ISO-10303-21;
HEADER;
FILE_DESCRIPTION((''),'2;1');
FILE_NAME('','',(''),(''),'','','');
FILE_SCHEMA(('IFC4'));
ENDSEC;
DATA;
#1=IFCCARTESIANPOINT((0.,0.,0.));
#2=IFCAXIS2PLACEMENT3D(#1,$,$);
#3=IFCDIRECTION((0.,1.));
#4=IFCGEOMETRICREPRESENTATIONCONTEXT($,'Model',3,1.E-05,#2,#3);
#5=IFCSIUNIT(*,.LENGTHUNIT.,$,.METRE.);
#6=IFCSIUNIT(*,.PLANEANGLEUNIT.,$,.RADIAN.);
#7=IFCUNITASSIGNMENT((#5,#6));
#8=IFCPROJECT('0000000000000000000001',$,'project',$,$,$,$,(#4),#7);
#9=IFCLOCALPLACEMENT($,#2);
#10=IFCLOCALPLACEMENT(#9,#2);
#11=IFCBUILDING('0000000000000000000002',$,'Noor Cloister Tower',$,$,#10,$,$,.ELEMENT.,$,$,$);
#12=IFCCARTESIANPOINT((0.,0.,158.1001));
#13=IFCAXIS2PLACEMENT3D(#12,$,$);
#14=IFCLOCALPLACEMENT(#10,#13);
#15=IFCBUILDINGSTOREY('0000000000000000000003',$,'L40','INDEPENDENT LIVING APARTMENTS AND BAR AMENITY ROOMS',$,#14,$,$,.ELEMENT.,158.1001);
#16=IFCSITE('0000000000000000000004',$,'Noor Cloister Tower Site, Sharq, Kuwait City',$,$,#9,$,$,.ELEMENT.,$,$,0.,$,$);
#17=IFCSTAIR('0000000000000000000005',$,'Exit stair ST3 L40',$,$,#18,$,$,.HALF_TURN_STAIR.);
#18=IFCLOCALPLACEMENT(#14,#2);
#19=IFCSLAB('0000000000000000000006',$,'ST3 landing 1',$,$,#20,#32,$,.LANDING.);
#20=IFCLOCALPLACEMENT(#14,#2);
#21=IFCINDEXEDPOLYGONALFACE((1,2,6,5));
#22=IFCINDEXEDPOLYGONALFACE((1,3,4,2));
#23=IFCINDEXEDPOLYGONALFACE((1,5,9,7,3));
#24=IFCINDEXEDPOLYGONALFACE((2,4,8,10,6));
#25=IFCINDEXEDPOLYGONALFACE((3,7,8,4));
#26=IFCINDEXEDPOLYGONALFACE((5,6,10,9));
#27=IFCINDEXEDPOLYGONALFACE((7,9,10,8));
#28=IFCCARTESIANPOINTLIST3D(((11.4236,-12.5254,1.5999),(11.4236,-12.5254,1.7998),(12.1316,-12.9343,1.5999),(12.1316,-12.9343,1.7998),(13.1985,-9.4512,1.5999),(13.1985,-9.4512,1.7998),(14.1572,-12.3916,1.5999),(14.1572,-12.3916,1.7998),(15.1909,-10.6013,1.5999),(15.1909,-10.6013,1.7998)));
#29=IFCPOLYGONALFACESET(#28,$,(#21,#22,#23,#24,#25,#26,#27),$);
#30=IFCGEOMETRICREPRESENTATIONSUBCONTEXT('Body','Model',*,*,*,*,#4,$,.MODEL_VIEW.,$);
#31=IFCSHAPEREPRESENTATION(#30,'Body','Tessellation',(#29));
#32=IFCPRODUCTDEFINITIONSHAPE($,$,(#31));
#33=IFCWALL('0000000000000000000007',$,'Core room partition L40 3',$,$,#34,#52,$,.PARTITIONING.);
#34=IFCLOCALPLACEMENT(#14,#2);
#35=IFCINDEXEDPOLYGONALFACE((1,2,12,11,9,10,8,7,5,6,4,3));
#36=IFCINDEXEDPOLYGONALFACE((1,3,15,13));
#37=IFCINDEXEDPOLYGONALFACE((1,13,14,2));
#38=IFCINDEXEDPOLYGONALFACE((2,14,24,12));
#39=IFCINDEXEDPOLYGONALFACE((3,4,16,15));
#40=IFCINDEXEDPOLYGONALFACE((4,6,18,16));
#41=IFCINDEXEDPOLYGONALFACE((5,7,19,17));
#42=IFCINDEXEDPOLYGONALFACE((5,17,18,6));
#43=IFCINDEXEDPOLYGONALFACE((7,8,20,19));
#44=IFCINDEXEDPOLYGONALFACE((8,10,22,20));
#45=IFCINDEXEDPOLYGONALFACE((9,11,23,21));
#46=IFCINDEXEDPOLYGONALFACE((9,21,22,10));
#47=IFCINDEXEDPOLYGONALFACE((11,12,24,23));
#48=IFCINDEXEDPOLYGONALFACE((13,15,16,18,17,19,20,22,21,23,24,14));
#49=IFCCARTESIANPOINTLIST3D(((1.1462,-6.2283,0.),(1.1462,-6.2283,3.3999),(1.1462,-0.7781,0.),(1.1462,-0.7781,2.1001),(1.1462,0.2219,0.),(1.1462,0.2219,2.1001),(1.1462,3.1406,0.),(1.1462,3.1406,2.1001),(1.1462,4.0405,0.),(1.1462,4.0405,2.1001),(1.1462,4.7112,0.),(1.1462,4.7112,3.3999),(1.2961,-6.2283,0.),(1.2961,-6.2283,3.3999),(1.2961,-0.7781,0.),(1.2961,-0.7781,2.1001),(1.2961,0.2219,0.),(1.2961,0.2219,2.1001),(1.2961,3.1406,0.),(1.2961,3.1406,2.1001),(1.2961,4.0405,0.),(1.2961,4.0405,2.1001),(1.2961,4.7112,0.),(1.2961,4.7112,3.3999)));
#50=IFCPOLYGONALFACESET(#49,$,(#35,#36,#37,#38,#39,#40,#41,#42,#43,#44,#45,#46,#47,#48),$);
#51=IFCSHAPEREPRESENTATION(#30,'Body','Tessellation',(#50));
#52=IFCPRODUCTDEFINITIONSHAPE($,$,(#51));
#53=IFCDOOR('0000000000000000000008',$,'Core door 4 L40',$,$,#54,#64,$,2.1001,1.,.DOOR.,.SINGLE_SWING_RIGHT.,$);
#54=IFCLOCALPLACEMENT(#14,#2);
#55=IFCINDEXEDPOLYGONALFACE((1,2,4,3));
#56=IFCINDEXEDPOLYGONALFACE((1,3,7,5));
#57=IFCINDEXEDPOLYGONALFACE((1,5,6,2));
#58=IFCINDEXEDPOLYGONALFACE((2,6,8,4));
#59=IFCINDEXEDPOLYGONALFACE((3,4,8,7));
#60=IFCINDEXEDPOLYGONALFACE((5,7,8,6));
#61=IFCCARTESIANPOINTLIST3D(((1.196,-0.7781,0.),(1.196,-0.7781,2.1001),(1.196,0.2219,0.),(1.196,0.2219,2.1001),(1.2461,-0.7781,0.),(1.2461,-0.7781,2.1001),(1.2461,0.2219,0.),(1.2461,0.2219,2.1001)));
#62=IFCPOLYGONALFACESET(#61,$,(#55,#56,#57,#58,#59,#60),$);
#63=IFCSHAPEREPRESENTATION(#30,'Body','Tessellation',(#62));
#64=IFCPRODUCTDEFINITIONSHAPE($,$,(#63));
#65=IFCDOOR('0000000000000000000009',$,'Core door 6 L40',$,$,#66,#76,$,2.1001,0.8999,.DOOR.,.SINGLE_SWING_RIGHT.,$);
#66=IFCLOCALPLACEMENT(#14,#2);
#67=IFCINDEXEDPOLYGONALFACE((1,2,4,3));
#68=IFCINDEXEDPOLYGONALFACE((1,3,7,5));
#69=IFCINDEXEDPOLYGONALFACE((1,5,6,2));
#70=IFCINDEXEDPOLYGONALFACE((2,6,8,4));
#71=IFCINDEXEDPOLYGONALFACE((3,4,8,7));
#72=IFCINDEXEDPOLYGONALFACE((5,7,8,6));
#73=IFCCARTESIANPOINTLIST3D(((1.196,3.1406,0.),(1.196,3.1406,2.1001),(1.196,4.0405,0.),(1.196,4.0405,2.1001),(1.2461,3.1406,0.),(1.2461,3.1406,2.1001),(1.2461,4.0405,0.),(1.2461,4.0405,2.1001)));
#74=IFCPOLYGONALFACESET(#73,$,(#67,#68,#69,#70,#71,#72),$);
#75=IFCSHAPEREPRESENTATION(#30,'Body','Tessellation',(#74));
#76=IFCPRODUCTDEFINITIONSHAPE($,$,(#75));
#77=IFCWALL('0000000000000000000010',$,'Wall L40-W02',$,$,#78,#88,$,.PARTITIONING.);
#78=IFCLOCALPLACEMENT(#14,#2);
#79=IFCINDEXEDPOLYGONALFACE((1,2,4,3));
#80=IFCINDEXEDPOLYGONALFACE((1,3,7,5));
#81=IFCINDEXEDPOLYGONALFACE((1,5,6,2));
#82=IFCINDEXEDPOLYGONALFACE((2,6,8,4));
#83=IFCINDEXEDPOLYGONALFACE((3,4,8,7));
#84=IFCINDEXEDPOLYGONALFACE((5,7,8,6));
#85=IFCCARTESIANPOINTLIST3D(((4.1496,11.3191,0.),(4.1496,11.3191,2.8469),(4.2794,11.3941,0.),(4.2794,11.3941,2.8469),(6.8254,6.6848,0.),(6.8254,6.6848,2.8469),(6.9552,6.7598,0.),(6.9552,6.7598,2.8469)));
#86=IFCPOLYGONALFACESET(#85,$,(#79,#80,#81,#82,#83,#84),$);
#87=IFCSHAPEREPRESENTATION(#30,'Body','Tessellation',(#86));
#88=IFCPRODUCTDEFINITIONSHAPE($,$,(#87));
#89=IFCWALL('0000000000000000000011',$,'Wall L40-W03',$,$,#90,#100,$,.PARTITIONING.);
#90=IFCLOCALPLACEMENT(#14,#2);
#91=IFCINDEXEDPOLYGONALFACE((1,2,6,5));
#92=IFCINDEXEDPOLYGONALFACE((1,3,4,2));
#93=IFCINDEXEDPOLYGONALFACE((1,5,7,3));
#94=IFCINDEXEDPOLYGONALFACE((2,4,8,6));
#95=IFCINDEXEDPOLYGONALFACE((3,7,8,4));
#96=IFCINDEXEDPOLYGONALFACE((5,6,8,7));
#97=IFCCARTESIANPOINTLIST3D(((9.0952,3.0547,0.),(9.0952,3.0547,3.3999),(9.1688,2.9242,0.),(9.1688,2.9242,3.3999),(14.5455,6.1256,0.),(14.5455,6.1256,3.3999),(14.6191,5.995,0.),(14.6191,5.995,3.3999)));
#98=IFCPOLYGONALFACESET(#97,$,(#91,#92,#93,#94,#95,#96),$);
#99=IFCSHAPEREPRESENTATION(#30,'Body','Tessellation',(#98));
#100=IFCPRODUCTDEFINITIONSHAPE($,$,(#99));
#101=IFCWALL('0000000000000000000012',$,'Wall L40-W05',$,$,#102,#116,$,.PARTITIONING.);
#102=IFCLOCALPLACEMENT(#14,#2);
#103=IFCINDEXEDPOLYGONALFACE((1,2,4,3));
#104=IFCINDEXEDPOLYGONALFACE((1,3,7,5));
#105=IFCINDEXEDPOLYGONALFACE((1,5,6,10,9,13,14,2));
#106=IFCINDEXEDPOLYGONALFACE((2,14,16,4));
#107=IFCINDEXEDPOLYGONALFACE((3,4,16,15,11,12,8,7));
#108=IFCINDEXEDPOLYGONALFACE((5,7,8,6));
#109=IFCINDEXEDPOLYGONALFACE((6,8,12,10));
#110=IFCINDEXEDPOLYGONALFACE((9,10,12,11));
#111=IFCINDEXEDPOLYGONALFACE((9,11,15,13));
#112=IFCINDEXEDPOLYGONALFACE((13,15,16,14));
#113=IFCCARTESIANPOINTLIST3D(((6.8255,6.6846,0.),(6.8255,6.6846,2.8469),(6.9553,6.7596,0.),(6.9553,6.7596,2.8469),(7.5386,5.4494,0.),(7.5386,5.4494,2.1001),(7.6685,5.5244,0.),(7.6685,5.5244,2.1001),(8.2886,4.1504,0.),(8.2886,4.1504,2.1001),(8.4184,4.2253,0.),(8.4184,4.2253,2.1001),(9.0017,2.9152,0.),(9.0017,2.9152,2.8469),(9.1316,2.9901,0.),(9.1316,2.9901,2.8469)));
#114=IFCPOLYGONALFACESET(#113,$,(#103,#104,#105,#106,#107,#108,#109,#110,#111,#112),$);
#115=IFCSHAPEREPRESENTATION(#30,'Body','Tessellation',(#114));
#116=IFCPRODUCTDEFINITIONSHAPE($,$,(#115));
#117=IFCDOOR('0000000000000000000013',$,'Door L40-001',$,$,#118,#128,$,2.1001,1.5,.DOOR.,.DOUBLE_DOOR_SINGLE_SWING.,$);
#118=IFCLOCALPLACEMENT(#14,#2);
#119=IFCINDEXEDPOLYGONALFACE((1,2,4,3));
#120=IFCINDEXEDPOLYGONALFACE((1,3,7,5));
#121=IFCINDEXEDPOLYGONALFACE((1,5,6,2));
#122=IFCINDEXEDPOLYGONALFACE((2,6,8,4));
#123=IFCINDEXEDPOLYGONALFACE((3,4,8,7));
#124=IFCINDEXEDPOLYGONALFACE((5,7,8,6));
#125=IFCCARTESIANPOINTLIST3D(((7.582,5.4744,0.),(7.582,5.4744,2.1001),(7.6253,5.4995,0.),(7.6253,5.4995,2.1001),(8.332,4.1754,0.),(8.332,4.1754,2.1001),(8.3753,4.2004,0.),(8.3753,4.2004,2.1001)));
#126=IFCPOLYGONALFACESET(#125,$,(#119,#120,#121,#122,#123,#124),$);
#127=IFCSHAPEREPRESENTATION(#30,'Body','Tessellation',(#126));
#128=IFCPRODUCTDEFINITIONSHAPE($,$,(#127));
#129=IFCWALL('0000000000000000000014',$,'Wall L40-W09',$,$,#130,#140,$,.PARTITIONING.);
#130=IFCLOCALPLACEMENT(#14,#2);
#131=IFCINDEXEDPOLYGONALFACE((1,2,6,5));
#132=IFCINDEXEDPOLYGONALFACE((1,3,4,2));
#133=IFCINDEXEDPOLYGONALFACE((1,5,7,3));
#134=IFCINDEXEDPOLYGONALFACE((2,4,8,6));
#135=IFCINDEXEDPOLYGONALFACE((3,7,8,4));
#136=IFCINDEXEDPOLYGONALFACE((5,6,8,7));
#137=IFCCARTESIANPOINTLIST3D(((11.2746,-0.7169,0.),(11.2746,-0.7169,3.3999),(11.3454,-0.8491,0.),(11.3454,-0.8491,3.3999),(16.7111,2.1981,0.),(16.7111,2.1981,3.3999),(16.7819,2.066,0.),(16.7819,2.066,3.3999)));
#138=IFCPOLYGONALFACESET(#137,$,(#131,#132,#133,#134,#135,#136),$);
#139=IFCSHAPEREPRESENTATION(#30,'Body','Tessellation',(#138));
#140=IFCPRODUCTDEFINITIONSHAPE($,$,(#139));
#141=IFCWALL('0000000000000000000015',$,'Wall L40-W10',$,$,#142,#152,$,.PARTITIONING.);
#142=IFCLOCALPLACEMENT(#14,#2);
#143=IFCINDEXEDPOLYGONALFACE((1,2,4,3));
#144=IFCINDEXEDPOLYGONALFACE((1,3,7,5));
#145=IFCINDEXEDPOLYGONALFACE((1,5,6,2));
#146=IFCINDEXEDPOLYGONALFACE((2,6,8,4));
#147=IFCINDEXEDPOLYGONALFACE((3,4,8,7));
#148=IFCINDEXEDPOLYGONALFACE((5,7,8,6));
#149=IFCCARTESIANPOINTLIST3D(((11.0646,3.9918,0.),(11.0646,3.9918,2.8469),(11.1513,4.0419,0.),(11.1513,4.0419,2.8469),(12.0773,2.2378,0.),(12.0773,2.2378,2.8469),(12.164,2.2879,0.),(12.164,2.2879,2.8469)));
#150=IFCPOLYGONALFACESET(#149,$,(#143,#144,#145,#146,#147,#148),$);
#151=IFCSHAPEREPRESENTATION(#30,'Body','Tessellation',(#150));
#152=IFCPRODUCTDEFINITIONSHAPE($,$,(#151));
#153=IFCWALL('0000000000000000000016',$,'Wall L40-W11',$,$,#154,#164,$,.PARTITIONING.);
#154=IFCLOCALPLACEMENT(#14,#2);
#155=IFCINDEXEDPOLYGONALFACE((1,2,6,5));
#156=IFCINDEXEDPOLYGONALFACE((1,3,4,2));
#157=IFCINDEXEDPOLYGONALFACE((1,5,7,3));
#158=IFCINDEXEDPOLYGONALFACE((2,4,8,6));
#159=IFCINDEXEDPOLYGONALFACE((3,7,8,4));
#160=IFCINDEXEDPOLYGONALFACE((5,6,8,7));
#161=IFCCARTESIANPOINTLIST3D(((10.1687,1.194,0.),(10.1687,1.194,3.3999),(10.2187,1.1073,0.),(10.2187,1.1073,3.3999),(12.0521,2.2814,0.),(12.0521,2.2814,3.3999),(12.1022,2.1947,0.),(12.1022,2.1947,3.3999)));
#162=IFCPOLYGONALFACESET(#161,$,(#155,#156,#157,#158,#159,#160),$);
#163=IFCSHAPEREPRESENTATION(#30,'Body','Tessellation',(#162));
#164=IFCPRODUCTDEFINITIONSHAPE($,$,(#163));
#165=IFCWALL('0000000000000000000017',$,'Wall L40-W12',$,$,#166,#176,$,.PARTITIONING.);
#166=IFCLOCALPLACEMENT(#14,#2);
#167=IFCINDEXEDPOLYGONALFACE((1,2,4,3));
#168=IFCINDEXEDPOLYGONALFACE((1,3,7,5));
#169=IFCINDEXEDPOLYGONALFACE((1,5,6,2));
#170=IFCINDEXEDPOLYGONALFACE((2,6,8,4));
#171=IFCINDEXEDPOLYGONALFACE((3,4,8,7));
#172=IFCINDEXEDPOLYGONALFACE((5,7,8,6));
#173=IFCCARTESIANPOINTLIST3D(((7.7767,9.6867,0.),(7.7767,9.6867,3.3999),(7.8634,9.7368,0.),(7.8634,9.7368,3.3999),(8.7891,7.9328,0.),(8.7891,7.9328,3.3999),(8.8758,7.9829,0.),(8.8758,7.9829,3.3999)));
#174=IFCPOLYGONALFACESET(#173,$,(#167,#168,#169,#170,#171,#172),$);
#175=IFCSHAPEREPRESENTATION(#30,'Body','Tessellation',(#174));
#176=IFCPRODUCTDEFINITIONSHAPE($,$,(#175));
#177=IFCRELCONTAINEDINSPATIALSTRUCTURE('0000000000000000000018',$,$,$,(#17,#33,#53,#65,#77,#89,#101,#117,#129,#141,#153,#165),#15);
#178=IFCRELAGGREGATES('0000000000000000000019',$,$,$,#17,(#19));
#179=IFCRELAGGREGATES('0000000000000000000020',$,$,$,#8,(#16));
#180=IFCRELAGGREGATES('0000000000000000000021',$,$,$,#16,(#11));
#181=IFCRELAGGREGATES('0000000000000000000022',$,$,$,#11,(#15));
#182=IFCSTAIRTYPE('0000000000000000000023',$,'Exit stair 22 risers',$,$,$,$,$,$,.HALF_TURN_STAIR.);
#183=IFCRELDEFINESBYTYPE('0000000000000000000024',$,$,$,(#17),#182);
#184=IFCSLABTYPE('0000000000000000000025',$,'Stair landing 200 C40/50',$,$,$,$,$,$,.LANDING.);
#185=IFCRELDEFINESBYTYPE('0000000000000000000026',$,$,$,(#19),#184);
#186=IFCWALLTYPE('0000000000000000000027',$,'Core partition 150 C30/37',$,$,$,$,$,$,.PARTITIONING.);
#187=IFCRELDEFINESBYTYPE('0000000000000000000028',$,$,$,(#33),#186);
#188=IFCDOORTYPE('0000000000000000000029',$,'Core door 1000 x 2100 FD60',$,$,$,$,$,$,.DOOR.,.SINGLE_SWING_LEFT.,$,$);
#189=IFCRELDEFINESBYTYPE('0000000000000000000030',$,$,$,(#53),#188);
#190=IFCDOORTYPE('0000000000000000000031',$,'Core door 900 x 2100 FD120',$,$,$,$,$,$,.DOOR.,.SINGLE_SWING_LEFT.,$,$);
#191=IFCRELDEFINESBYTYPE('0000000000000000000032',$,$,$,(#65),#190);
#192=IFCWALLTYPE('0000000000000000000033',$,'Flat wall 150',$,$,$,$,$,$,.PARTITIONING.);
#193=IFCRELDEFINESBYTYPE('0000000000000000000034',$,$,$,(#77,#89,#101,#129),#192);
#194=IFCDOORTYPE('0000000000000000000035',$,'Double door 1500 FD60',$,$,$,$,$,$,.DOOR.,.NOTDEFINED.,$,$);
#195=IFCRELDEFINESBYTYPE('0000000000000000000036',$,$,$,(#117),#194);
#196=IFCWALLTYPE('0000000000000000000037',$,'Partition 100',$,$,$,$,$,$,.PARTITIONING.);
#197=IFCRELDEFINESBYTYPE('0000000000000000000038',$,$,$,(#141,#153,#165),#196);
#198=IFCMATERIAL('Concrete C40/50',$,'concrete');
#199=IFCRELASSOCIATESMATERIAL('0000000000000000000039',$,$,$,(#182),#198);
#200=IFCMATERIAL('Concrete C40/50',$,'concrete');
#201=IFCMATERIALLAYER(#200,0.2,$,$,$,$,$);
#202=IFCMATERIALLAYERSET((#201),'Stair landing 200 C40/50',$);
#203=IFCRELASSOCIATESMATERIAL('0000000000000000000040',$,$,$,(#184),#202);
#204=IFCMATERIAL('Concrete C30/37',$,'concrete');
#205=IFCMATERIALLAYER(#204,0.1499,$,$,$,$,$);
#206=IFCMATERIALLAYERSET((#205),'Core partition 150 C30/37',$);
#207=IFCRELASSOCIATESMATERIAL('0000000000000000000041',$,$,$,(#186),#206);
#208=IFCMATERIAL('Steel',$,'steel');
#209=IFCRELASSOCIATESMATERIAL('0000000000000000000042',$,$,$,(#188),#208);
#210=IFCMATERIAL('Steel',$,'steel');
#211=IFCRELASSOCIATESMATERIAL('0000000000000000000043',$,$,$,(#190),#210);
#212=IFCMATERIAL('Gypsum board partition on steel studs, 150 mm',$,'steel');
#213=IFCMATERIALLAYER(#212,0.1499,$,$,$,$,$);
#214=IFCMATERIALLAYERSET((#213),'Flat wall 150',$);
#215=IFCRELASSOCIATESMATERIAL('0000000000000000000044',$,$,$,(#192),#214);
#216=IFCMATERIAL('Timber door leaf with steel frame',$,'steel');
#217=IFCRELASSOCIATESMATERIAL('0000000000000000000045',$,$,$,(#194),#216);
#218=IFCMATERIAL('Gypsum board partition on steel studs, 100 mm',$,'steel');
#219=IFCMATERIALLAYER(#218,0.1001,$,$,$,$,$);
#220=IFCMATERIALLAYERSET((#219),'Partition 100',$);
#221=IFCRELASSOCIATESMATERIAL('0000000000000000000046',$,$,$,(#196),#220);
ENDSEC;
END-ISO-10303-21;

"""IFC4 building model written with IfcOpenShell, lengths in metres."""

from ifc_helpers import new_model, si_unit, direction, frame, frame_2d, origin, place, context, subcontext, project, spatial, polyline, rectangle, outline, extrude, material, layer, layer_set, type_object, element, fill, aggregate, save


model = new_model("IFC4")

# Units and contexts
model_context = context("Model", 3, precision=1e-05, world=origin(), true_north=direction((0.0, 1.0)))
body_context = subcontext(model_context, "Body", "Model", "MODEL_VIEW")
ifc_project = project(units=[si_unit("LENGTHUNIT", "METRE"), si_unit("PLANEANGLEUNIT", "RADIAN")], contexts=[model_context])

# Site, building, storey
site_placement = place(None, origin())
site = spatial("IfcSite", under=ifc_project, at=site_placement, Name="Noor Cloister Tower Site, Sharq, Kuwait City", CompositionType="ELEMENT", RefElevation=0.0)
building_placement = place(site_placement, origin())
building = spatial("IfcBuilding", under=site, at=building_placement, Name="Noor Cloister Tower", CompositionType="ELEMENT")
storey_placement = place(building_placement, frame((0.0, 0.0, 158.1001)))
storey = spatial("IfcBuildingStorey", under=building, at=storey_placement, Name="L40", Description="INDEPENDENT LIVING APARTMENTS AND BAR AMENITY ROOMS", CompositionType="ELEMENT", Elevation=158.1001)

# Stair, slab
ifc_material_1 = material(Name="Concrete C40/50", Category="concrete")
stair_type = type_object("IfcStairType", Name="Exit stair 22 risers", PredefinedType="HALF_TURN_STAIR", material=ifc_material_1)
stair_placement = place(storey_placement, origin())
stair = element("IfcStair", 1, at=stair_placement, inside=storey, type_object=stair_type, Name="Exit stair ST3 L40", PredefinedType="HALF_TURN_STAIR")
ifc_material_2 = material(Name="Concrete C40/50", Category="concrete")
ifc_layer_1 = layer(ifc_material_2, 0.2)
ifc_layer_set_1 = layer_set([ifc_layer_1], Name="Stair landing 200 C40/50")
slab_type = type_object("IfcSlabType", Name="Stair landing 200 C40/50", PredefinedType="LANDING", material=ifc_layer_set_1)
slab_placement = place(storey_placement, frame((0.0, 0.0, 1.5999)))
slab = element("IfcSlab", 2, at=slab_placement, type_object=slab_type, Name="ST3 landing 1", PredefinedType="LANDING", context=body_context, shape_type="SweptSolid", body=[
    extrude(outline(polyline([(11.4236, -12.5254), (12.1316, -12.9343), (14.1572, -12.3916), (15.1909, -10.6013), (13.1985, -9.4512), (11.4236, -12.5254)])), origin(), (0.0, 0.0, 1.0), 0.2),
])
aggregate(stair, [slab])

# Wall, openings, doors
ifc_material_3 = material(Name="Concrete C30/37", Category="concrete")
ifc_layer_2 = layer(ifc_material_3, 0.1499)
ifc_layer_set_2 = layer_set([ifc_layer_2], Name="Core partition 150 C30/37")
wall_type_1 = type_object("IfcWallType", Name="Core partition 150 C30/37", PredefinedType="PARTITIONING", material=ifc_layer_set_2)
wall_1_placement = place(storey_placement, frame((1.2212, 4.7112, 0.0), z_axis=(0.0, 0.0, 1.0), x_axis=(0.0, -1.0, 0.0)))
wall_1 = element("IfcWall", 3, at=wall_1_placement, inside=storey, type_object=wall_type_1, Name="Core room partition L40 3", PredefinedType="PARTITIONING", context=body_context, shape_type="SweptSolid", body=[
    extrude(rectangle(XDim=10.9395, YDim=0.1499, at=frame_2d((5.4697, 0.0))), origin(), (0.0, 0.0, 1.0), 3.3999),
])
opening_1_placement = place(wall_1_placement, frame((4.4893, 0.0, 0.0)))
opening_1 = element("IfcOpeningElement", 4, at=opening_1_placement, cuts=wall_1, PredefinedType="OPENING", context=body_context, shape_type="SweptSolid", body=[
    extrude(rectangle(XDim=1.0, YDim=2.1001, at=frame_2d((0.5, 1.05))), frame((0.0, 0.085, 0.0), z_axis=(0.0, -1.0, 0.0), x_axis=(1.0, 0.0, 0.0)), (0.0, 0.0, 1.0), 0.1699),
])
opening_2_placement = place(wall_1_placement, frame((0.6707, 0.0, 0.0)))
opening_2 = element("IfcOpeningElement", 5, at=opening_2_placement, cuts=wall_1, PredefinedType="OPENING", context=body_context, shape_type="SweptSolid", body=[
    extrude(rectangle(XDim=0.8999, YDim=2.1001, at=frame_2d((0.45, 1.05))), frame((0.0, 0.085, 0.0), z_axis=(0.0, -1.0, 0.0), x_axis=(1.0, 0.0, 0.0)), (0.0, 0.0, 1.0), 0.1699),
])
ifc_material_4 = material(Name="Steel", Category="steel")
door_type_1 = type_object("IfcDoorType", Name="Core door 1000 x 2100 FD60", OperationType="SINGLE_SWING_LEFT", PredefinedType="DOOR", material=ifc_material_4)
door_1_placement = place(opening_1_placement, origin())
door_1 = element("IfcDoor", 6, at=door_1_placement, inside=storey, type_object=door_type_1, Name="Core door 4 L40", OperationType="SINGLE_SWING_RIGHT", OverallHeight=2.1001, OverallWidth=1.0, PredefinedType="DOOR", context=body_context, shape_type="SweptSolid", body=[
    extrude(rectangle(XDim=1.0, YDim=2.1001, at=frame_2d((0.5, 1.05))), frame((0.0, 0.0249, 0.0), z_axis=(0.0, -1.0, 0.0), x_axis=(1.0, 0.0, 0.0)), (0.0, 0.0, 1.0), 0.05),
])
fill(opening_1, door_1)
ifc_material_5 = material(Name="Steel", Category="steel")
door_type_2 = type_object("IfcDoorType", Name="Core door 900 x 2100 FD120", OperationType="SINGLE_SWING_LEFT", PredefinedType="DOOR", material=ifc_material_5)
door_2_placement = place(opening_2_placement, origin())
door_2 = element("IfcDoor", 7, at=door_2_placement, inside=storey, type_object=door_type_2, Name="Core door 6 L40", OperationType="SINGLE_SWING_RIGHT", OverallHeight=2.1001, OverallWidth=0.8999, PredefinedType="DOOR", context=body_context, shape_type="SweptSolid", body=[
    extrude(rectangle(XDim=0.8999, YDim=2.1001, at=frame_2d((0.45, 1.05))), frame((0.0, 0.0249, 0.0), z_axis=(0.0, -1.0, 0.0), x_axis=(1.0, 0.0, 0.0)), (0.0, 0.0, 1.0), 0.05),
])
fill(opening_2, door_2)

# Walls
ifc_material_6 = material(Name="Gypsum board partition on steel studs, 150 mm", Category="steel")
ifc_layer_3 = layer(ifc_material_6, 0.1499)
ifc_layer_set_3 = layer_set([ifc_layer_3], Name="Flat wall 150")
wall_type_2 = type_object("IfcWallType", Name="Flat wall 150", PredefinedType="PARTITIONING", material=ifc_layer_set_3)
wall_2_placement = place(storey_placement, frame((6.8904, 6.7222, 0.0), z_axis=(0.0, 0.0, 1.0), x_axis=(-0.500025, 0.866011, 0.0)))
element("IfcWall", 8, at=wall_2_placement, inside=storey, type_object=wall_type_2, Name="Wall L40-W02", PredefinedType="PARTITIONING", context=body_context, shape_type="SweptSolid", body=[
    extrude(rectangle(XDim=5.3513, YDim=0.1499, at=frame_2d((2.6758, 0.0))), origin(), (0.0, 0.0, 1.0), 2.8469),
])
wall_3_placement = place(storey_placement, frame((14.5823, 6.0603, 0.0), z_axis=(0.0, 0.0, 1.0), x_axis=(-0.871229, -0.490876, 0.0)))
element("IfcWall", 9, at=wall_3_placement, inside=storey, type_object=wall_type_2, Name="Wall L40-W03", PredefinedType="PARTITIONING", context=body_context, shape_type="SweptSolid", body=[
    extrude(rectangle(XDim=6.2559, YDim=0.1499, at=frame_2d((3.1279, 0.0))), origin(), (0.0, 0.0, 1.0), 3.3999),
])

# Wall, opening, door
wall_4_placement = place(storey_placement, frame((9.0667, 2.9526, 0.0), z_axis=(0.0, 0.0, 1.0), x_axis=(-0.499988, 0.866032, 0.0)))
wall_4 = element("IfcWall", 10, at=wall_4_placement, inside=storey, type_object=wall_type_2, Name="Wall L40-W05", PredefinedType="PARTITIONING", context=body_context, shape_type="SweptSolid", body=[
    extrude(rectangle(XDim=4.3525, YDim=0.1499, at=frame_2d((2.1763, 0.0))), origin(), (0.0, 0.0, 1.0), 2.8469),
])
opening_3_placement = place(wall_4_placement, frame((1.4263, 0.0, 0.0)))
opening_3 = element("IfcOpeningElement", 11, at=opening_3_placement, cuts=wall_4, PredefinedType="OPENING", context=body_context, shape_type="SweptSolid", body=[
    extrude(rectangle(XDim=1.5, YDim=2.1001, at=frame_2d((0.75, 1.05))), frame((0.0, 0.085, 0.0), z_axis=(0.0, -1.0, 0.0), x_axis=(1.0, 0.0, 0.0)), (0.0, 0.0, 1.0), 0.1699),
])
ifc_material_7 = material(Name="Timber door leaf with steel frame", Category="steel")
door_type_3 = type_object("IfcDoorType", Name="Double door 1500 FD60", OperationType="NOTDEFINED", PredefinedType="DOOR", material=ifc_material_7)
door_3_placement = place(opening_3_placement, origin())
door_3 = element("IfcDoor", 12, at=door_3_placement, inside=storey, type_object=door_type_3, Name="Door L40-001", OperationType="DOUBLE_DOOR_SINGLE_SWING", OverallHeight=2.1001, OverallWidth=1.5, PredefinedType="DOOR", context=body_context, shape_type="SweptSolid", body=[
    extrude(rectangle(XDim=1.5, YDim=2.1001, at=frame_2d((0.75, 1.05))), frame((0.0, 0.0249, 0.0), z_axis=(0.0, -1.0, 0.0), x_axis=(1.0, 0.0, 0.0)), (0.0, 0.0, 1.0), 0.05),
])
fill(opening_3, door_3)

# Walls
wall_5_placement = place(storey_placement, frame((16.7466, 2.1321, 0.0), z_axis=(0.0, 0.0, 1.0), x_axis=(-0.881303, -0.472551, 0.0)))
element("IfcWall", 13, at=wall_5_placement, inside=storey, type_object=wall_type_2, Name="Wall L40-W09", PredefinedType="PARTITIONING", context=body_context, shape_type="SweptSolid", body=[
    extrude(rectangle(XDim=6.1687, YDim=0.1499, at=frame_2d((3.0845, 0.0))), origin(), (0.0, 0.0, 1.0), 3.3999),
])
ifc_material_8 = material(Name="Gypsum board partition on steel studs, 100 mm", Category="steel")
ifc_layer_4 = layer(ifc_material_8, 0.1001)
ifc_layer_set_4 = layer_set([ifc_layer_4], Name="Partition 100")
wall_type_3 = type_object("IfcWallType", Name="Partition 100", PredefinedType="PARTITIONING", material=ifc_layer_set_4)
wall_6_placement = place(storey_placement, frame((11.1079, 4.0168, 0.0), z_axis=(0.0, 0.0, 1.0), x_axis=(0.500029, -0.866009, 0.0)))
element("IfcWall", 14, at=wall_6_placement, inside=storey, type_object=wall_type_3, Name="Wall L40-W10", PredefinedType="PARTITIONING", context=body_context, shape_type="SweptSolid", body=[
    extrude(rectangle(XDim=2.0254, YDim=0.1001, at=frame_2d((1.0127, 0.0))), origin(), (0.0, 0.0, 1.0), 2.8469),
])
wall_7_placement = place(storey_placement, frame((12.0771, 2.238, 0.0), z_axis=(0.0, 0.0, 1.0), x_axis=(-0.866038, -0.499978, 0.0)))
element("IfcWall", 15, at=wall_7_placement, inside=storey, type_object=wall_type_3, Name="Wall L40-W11", PredefinedType="PARTITIONING", context=body_context, shape_type="SweptSolid", body=[
    extrude(rectangle(XDim=2.1748, YDim=0.1001, at=frame_2d((1.0874, 0.0))), origin(), (0.0, 0.0, 1.0), 3.3999),
])
wall_8_placement = place(storey_placement, frame((8.8325, 7.9578, 0.0), z_axis=(0.0, 0.0, 1.0), x_axis=(-0.499938, 0.866061, 0.0)))
element("IfcWall", 16, at=wall_8_placement, inside=storey, type_object=wall_type_3, Name="Wall L40-W12", PredefinedType="PARTITIONING", context=body_context, shape_type="SweptSolid", body=[
    extrude(rectangle(XDim=2.0251, YDim=0.1001, at=frame_2d((1.0127, 0.0))), origin(), (0.0, 0.0, 1.0), 3.3999),
])

save(model, "model.ifc")
